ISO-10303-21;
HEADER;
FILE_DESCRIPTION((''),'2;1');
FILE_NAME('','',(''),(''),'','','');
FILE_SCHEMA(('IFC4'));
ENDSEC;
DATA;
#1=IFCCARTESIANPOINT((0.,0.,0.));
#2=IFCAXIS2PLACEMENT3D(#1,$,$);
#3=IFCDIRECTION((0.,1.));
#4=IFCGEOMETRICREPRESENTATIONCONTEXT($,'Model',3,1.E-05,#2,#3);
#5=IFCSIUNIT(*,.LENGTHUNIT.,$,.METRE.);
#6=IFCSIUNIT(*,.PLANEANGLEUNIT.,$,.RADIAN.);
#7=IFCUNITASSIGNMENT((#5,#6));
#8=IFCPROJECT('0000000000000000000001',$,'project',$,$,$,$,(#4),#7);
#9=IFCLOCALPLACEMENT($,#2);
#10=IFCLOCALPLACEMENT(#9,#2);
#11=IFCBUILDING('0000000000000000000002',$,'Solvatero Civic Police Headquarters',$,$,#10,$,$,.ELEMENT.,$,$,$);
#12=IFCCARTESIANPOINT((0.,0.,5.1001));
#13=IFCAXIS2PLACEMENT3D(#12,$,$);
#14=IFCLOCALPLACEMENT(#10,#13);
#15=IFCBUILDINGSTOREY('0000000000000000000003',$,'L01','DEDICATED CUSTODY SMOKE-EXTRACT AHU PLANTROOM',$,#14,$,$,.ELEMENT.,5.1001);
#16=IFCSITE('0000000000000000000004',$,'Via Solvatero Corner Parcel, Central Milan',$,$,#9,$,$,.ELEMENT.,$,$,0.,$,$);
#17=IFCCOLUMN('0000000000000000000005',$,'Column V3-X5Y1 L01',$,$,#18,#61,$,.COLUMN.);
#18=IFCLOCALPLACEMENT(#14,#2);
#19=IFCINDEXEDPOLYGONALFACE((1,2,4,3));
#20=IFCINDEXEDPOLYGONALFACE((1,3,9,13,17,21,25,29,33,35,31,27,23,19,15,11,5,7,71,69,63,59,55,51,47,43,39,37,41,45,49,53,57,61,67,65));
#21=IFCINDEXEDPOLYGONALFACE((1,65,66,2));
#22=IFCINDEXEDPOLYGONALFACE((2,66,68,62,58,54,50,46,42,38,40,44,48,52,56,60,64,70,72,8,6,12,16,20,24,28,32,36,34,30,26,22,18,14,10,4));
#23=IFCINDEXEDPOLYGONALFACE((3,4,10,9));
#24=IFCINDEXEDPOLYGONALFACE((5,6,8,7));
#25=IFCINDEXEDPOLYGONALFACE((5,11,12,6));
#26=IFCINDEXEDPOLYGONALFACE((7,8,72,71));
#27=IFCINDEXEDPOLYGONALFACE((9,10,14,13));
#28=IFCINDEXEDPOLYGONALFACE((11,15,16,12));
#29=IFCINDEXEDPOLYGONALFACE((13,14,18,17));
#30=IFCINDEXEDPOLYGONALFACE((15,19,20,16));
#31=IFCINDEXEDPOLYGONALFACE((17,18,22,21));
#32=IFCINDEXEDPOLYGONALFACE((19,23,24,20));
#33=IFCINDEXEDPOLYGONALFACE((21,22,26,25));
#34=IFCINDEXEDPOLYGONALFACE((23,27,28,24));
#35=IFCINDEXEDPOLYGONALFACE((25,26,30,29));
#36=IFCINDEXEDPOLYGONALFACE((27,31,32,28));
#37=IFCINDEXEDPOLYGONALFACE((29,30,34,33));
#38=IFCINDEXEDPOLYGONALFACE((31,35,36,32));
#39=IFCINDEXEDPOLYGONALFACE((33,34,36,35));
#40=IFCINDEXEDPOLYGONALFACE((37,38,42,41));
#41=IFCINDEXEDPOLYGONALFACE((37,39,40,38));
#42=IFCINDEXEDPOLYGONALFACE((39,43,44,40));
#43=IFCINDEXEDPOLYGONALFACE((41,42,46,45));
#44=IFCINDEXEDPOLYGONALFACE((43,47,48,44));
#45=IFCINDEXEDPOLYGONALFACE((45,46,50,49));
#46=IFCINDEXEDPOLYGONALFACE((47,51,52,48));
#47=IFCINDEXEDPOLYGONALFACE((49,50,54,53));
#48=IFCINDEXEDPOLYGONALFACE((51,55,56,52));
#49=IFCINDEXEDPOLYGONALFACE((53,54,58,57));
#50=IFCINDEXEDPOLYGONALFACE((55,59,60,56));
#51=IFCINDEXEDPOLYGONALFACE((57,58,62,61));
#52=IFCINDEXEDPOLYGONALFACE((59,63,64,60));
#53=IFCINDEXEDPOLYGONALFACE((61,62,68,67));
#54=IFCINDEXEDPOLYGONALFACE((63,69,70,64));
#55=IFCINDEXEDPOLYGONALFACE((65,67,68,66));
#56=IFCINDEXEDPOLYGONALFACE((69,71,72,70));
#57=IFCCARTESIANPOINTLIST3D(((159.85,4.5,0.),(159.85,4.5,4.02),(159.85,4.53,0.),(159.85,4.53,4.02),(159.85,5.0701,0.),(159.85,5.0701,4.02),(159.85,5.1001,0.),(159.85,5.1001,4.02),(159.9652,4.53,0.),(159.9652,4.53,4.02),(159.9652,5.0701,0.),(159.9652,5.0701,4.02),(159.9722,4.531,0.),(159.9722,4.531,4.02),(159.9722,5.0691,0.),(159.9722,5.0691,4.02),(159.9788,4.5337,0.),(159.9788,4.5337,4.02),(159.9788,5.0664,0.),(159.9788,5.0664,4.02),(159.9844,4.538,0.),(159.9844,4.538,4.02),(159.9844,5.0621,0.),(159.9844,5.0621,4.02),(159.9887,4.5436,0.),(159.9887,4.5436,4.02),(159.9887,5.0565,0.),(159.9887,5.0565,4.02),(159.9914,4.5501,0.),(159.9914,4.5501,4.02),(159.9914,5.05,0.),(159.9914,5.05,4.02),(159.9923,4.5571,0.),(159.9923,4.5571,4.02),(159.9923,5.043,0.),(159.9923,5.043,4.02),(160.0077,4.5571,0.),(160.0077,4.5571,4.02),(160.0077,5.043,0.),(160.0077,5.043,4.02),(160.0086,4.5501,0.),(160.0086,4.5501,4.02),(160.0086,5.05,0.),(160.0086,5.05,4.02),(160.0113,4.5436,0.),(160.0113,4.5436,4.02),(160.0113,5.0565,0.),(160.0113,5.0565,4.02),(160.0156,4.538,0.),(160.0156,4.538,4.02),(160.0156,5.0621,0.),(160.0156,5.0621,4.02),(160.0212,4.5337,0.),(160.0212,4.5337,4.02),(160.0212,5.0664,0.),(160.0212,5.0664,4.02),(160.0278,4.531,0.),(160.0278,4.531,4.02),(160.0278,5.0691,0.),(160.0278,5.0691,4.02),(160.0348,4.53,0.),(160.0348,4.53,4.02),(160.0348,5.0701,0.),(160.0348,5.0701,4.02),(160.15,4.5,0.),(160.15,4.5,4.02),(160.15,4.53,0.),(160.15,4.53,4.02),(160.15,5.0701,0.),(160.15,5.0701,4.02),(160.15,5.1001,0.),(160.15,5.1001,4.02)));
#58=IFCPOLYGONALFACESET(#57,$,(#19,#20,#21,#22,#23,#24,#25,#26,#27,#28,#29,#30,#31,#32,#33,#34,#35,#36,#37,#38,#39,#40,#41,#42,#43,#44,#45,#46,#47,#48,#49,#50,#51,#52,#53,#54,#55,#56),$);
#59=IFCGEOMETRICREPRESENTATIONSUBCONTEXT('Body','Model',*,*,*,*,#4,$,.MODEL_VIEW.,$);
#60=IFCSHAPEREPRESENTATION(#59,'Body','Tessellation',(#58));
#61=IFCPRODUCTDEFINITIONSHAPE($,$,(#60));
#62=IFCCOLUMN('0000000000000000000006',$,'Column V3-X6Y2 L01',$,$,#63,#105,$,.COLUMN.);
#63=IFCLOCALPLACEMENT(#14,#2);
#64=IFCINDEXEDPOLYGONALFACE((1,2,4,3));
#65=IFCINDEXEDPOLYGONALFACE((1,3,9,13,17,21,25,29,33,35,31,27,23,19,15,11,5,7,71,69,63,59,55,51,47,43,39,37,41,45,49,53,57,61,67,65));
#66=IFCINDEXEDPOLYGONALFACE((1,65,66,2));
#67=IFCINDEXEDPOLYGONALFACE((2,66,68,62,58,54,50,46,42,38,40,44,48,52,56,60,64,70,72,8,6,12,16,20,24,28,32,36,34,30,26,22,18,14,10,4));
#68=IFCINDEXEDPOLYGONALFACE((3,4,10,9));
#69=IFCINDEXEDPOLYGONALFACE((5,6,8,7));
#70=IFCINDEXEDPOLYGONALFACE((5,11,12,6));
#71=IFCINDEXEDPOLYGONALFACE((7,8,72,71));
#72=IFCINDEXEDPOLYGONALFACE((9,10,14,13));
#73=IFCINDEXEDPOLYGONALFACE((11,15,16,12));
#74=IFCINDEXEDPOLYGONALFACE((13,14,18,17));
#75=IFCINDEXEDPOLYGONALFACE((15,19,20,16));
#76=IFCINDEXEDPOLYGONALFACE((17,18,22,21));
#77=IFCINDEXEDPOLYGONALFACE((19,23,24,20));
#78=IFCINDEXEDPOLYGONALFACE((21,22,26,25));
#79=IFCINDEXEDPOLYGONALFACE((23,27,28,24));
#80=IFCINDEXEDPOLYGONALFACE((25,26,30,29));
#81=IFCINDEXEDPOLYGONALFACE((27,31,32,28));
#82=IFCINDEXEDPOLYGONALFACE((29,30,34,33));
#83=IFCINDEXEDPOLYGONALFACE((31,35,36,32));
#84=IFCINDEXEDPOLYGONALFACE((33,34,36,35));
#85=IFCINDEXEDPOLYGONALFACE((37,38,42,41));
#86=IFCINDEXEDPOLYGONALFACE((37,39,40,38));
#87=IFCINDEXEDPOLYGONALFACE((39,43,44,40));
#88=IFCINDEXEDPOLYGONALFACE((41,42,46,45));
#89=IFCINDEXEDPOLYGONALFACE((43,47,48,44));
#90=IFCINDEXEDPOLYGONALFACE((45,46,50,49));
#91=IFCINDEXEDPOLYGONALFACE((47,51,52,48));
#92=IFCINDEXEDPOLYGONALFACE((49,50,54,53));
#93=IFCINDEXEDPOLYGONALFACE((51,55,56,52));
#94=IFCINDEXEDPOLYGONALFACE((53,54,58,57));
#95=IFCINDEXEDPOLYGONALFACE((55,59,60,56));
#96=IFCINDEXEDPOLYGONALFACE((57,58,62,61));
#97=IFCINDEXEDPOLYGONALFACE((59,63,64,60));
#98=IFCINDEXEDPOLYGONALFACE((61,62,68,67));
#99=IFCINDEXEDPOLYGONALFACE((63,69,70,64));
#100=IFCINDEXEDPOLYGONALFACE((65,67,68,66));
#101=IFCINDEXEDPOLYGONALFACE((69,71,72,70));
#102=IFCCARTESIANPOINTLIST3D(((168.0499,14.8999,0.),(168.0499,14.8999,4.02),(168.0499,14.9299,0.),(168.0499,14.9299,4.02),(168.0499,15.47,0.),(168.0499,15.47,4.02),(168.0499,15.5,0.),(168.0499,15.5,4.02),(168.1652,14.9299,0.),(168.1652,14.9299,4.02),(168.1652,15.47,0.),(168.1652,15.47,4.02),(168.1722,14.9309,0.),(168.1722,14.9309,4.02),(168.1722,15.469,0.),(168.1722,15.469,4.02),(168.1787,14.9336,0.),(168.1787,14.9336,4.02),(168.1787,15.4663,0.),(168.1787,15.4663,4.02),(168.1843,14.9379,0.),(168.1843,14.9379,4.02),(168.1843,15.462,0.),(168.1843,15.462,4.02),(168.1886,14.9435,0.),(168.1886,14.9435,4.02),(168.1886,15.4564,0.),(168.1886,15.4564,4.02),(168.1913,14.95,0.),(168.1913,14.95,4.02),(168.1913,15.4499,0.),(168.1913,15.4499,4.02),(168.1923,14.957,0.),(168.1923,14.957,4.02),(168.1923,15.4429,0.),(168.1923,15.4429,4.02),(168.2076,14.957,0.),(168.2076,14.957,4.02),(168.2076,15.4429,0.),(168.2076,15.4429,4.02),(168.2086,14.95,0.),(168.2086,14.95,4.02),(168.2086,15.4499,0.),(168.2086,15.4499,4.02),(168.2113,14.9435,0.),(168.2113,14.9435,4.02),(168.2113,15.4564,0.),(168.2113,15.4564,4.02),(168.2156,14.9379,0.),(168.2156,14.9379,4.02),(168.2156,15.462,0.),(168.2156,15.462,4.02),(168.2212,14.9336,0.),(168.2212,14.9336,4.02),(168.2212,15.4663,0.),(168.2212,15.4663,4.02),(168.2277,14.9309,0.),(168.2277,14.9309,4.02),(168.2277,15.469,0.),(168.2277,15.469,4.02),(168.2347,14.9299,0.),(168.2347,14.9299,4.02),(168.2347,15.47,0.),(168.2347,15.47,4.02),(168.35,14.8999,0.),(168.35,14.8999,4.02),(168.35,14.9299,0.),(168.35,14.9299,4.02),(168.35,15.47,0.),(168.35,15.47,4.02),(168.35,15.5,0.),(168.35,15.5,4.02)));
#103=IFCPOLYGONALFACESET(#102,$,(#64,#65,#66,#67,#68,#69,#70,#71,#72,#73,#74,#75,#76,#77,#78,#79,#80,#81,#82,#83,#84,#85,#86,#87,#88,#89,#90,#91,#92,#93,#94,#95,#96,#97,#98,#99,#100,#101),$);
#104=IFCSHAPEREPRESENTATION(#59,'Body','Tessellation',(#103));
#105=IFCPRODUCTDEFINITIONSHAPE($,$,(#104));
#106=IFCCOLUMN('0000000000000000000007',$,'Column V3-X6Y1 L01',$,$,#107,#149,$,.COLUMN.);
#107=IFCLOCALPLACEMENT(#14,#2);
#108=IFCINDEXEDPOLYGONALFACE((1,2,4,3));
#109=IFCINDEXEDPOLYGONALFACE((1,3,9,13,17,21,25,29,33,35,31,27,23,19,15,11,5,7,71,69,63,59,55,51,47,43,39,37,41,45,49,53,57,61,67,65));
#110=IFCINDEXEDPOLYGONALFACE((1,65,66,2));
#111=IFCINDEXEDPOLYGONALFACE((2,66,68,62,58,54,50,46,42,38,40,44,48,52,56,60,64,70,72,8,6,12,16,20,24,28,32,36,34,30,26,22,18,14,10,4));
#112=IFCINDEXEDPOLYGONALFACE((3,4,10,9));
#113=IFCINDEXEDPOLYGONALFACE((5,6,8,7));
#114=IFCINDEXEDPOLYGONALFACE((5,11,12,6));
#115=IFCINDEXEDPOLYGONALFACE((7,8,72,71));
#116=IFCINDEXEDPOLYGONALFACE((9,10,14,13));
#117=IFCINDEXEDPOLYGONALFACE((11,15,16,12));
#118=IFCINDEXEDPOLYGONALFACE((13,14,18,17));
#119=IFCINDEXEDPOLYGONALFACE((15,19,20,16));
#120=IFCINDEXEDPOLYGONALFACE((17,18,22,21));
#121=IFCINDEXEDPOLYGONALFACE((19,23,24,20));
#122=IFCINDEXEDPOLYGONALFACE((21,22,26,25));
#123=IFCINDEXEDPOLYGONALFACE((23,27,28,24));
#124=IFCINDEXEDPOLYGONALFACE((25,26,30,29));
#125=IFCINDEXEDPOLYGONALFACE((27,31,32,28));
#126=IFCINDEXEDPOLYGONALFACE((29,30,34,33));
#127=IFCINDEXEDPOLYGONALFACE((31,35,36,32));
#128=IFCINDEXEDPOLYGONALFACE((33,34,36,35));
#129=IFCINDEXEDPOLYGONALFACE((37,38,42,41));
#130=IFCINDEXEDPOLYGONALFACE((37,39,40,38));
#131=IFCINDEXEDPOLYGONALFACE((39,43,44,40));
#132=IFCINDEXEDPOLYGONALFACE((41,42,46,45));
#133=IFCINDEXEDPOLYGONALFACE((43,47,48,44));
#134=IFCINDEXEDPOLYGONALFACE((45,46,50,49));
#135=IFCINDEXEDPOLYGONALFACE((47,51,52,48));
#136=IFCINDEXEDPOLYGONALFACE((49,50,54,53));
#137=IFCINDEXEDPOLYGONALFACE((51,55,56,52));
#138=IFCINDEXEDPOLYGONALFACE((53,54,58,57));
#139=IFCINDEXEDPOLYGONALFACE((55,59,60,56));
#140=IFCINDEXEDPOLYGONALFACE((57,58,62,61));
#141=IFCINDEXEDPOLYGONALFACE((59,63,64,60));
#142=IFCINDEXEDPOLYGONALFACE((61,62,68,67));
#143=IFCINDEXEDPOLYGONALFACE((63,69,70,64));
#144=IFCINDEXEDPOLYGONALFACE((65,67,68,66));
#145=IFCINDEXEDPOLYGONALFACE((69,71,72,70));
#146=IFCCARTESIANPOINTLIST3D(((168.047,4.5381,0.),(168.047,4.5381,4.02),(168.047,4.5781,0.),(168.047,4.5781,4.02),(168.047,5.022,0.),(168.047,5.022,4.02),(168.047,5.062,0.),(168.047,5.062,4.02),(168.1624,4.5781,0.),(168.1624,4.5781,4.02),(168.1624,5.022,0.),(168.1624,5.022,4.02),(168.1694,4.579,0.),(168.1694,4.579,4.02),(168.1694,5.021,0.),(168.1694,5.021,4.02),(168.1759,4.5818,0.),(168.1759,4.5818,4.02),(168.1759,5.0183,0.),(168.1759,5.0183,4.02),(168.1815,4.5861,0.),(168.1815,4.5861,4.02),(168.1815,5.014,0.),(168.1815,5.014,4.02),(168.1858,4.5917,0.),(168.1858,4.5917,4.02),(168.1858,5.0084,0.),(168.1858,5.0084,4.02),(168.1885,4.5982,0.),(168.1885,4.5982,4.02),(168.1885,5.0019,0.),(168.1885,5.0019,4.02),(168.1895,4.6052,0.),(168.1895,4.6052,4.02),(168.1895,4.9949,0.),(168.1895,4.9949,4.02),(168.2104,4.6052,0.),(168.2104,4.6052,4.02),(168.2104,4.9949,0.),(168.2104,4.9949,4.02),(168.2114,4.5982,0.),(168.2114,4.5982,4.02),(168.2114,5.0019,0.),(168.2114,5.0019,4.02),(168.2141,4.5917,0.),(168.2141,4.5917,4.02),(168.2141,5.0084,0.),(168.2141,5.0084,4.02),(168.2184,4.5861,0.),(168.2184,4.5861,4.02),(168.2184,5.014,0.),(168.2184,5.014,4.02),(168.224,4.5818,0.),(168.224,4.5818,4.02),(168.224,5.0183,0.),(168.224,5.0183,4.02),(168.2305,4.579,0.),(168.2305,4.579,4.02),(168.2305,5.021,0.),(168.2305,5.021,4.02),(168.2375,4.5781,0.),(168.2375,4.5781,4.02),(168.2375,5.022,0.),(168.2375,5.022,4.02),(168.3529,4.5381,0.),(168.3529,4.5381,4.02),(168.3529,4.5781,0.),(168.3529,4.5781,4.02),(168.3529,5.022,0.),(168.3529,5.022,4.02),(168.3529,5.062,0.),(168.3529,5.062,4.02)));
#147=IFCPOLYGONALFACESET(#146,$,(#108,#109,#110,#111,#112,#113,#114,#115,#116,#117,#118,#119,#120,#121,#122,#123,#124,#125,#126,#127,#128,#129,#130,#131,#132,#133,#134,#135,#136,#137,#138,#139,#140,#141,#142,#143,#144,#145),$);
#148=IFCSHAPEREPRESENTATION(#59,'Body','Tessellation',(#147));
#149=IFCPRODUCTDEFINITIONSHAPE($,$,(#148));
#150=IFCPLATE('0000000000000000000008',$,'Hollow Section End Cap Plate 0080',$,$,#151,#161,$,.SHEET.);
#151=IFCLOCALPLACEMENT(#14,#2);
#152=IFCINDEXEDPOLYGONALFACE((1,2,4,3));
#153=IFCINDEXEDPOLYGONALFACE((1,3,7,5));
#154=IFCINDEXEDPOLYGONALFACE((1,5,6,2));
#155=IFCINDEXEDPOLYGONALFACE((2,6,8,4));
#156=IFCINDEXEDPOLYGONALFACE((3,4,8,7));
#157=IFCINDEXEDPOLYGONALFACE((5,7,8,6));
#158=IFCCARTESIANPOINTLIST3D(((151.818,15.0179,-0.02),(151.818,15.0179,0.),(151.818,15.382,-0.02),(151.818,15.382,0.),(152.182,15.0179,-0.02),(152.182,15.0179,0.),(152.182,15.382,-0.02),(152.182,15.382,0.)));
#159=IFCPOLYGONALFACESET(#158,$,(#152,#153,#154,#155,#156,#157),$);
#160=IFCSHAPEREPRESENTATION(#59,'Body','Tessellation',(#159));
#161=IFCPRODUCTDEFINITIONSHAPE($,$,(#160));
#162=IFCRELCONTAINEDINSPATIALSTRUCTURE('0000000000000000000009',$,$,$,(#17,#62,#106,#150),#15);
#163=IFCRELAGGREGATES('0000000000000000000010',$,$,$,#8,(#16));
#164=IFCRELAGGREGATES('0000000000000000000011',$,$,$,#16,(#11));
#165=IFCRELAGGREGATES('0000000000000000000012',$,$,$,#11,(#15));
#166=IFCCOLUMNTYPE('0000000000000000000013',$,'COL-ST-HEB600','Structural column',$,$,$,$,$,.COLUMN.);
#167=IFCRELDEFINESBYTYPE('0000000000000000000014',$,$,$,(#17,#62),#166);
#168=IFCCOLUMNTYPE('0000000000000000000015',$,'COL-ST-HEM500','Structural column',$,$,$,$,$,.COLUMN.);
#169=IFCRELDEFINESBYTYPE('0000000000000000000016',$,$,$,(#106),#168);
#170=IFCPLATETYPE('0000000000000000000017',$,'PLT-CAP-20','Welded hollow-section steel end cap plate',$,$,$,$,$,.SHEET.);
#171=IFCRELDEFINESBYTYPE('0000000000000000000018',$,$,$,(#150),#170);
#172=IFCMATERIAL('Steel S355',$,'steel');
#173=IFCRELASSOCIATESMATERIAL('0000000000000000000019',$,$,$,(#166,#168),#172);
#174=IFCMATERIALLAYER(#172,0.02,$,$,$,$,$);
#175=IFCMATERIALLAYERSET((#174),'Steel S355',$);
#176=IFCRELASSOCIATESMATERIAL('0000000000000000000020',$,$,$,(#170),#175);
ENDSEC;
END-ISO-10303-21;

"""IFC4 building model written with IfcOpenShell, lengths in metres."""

from ifc_helpers import new_model, si_unit, direction, frame, origin, origin_2d, place, context, subcontext, project, spatial, rectangle, i_section, extrude, material, layer, layer_set, material_profile, profile_set, type_object, element, save


model = new_model("IFC4")

# Units and contexts
model_context = context("Model", 3, precision=1e-05, world=origin(), true_north=direction((0.0, 1.0)))
body_context = subcontext(model_context, "Body", "Model", "MODEL_VIEW")
ifc_project = project(units=[si_unit("LENGTHUNIT", "METRE"), si_unit("PLANEANGLEUNIT", "RADIAN")], contexts=[model_context])

# Site, building, storey
site_placement = place(None, origin())
site = spatial("IfcSite", under=ifc_project, at=site_placement, Name="Via Solvatero Corner Parcel, Central Milan", CompositionType="ELEMENT", RefElevation=0.0)
building_placement = place(site_placement, origin())
building = spatial("IfcBuilding", under=site, at=building_placement, Name="Solvatero Civic Police Headquarters", CompositionType="ELEMENT")
storey_placement = place(building_placement, frame((0.0, 0.0, 5.1001)))
storey = spatial("IfcBuildingStorey", under=building, at=storey_placement, Name="L01", Description="DEDICATED CUSTODY SMOKE-EXTRACT AHU PLANTROOM", CompositionType="ELEMENT", Elevation=5.1001)

# Columns
ifc_material_1 = material(Name="Steel S355", Category="steel")
ifc_material_profile_1 = material_profile(ifc_material_1, i_section(OverallWidth=0.3, OverallDepth=0.6001, WebThickness=0.0154, FlangeThickness=0.03, FilletRadius=0.0271, at=origin_2d()), Name="HEB 600")
ifc_profile_set_1 = profile_set([ifc_material_profile_1], Name="Steel S355")
column_type_1 = type_object("IfcColumnType", Name="COL-ST-HEB600", Description="Structural column", PredefinedType="COLUMN", material=ifc_profile_set_1)
for number, where, z_axis, x_axis, name in (
    (1, (160.0, 4.8, 0.0), (0.0, 0.0, 1.0), (1.0, 0.0, 0.0), "Column V3-X5Y1 L01"),
    (2, (168.2, 15.2, 0.0), (0.0, 0.0, 1.0), (1.0, 0.0, 0.0), "Column V3-X6Y2 L01"),
):
    element("IfcColumn", number, at=place(storey_placement, frame(where, z_axis=z_axis, x_axis=x_axis)), inside=storey, type_object=column_type_1, Name=name, PredefinedType="COLUMN", context=body_context, shape_type="SweptSolid", body=[
        extrude(i_section(OverallWidth=0.3, OverallDepth=0.6001, WebThickness=0.0154, FlangeThickness=0.03, FilletRadius=0.0271, at=origin_2d()), origin(), (0.0, 0.0, 1.0), 4.02),
    ])
ifc_material_profile_2 = material_profile(ifc_material_1, i_section(OverallWidth=0.3059, OverallDepth=0.5239, WebThickness=0.021, FlangeThickness=0.04, FilletRadius=0.0271, at=origin_2d()), Name="HEM 500")
ifc_profile_set_2 = profile_set([ifc_material_profile_2], Name="Steel S355")
column_type_2 = type_object("IfcColumnType", Name="COL-ST-HEM500", Description="Structural column", PredefinedType="COLUMN", material=ifc_profile_set_2)
column_placement = place(storey_placement, frame((168.2, 4.8, 0.0), z_axis=(0.0, 0.0, 1.0), x_axis=(1.0, 0.0, 0.0)))
element("IfcColumn", 3, at=column_placement, inside=storey, type_object=column_type_2, Name="Column V3-X6Y1 L01", PredefinedType="COLUMN", context=body_context, shape_type="SweptSolid", body=[
    extrude(i_section(OverallWidth=0.3059, OverallDepth=0.5239, WebThickness=0.021, FlangeThickness=0.04, FilletRadius=0.0271, at=origin_2d()), origin(), (0.0, 0.0, 1.0), 4.02),
])

# Plate
ifc_layer_1 = layer(ifc_material_1, 0.02)
ifc_layer_set_1 = layer_set([ifc_layer_1], Name="Steel S355")
plate_type = type_object("IfcPlateType", Name="PLT-CAP-20", Description="Welded hollow-section steel end cap plate", PredefinedType="SHEET", material=ifc_layer_set_1)
plate_placement = place(storey_placement, frame((152.0, 15.2, -0.02), z_axis=(0.0, 0.0, 1.0), x_axis=(1.0, 0.0, 0.0)))
element("IfcPlate", 4, at=plate_placement, inside=storey, type_object=plate_type, Name="Hollow Section End Cap Plate 0080", PredefinedType="SHEET", context=body_context, shape_type="SweptSolid", body=[
    extrude(rectangle(XDim=0.364, YDim=0.364, at=origin_2d()), origin(), (0.0, 0.0, 1.0), 0.02),
])

save(model, "model.ifc")
